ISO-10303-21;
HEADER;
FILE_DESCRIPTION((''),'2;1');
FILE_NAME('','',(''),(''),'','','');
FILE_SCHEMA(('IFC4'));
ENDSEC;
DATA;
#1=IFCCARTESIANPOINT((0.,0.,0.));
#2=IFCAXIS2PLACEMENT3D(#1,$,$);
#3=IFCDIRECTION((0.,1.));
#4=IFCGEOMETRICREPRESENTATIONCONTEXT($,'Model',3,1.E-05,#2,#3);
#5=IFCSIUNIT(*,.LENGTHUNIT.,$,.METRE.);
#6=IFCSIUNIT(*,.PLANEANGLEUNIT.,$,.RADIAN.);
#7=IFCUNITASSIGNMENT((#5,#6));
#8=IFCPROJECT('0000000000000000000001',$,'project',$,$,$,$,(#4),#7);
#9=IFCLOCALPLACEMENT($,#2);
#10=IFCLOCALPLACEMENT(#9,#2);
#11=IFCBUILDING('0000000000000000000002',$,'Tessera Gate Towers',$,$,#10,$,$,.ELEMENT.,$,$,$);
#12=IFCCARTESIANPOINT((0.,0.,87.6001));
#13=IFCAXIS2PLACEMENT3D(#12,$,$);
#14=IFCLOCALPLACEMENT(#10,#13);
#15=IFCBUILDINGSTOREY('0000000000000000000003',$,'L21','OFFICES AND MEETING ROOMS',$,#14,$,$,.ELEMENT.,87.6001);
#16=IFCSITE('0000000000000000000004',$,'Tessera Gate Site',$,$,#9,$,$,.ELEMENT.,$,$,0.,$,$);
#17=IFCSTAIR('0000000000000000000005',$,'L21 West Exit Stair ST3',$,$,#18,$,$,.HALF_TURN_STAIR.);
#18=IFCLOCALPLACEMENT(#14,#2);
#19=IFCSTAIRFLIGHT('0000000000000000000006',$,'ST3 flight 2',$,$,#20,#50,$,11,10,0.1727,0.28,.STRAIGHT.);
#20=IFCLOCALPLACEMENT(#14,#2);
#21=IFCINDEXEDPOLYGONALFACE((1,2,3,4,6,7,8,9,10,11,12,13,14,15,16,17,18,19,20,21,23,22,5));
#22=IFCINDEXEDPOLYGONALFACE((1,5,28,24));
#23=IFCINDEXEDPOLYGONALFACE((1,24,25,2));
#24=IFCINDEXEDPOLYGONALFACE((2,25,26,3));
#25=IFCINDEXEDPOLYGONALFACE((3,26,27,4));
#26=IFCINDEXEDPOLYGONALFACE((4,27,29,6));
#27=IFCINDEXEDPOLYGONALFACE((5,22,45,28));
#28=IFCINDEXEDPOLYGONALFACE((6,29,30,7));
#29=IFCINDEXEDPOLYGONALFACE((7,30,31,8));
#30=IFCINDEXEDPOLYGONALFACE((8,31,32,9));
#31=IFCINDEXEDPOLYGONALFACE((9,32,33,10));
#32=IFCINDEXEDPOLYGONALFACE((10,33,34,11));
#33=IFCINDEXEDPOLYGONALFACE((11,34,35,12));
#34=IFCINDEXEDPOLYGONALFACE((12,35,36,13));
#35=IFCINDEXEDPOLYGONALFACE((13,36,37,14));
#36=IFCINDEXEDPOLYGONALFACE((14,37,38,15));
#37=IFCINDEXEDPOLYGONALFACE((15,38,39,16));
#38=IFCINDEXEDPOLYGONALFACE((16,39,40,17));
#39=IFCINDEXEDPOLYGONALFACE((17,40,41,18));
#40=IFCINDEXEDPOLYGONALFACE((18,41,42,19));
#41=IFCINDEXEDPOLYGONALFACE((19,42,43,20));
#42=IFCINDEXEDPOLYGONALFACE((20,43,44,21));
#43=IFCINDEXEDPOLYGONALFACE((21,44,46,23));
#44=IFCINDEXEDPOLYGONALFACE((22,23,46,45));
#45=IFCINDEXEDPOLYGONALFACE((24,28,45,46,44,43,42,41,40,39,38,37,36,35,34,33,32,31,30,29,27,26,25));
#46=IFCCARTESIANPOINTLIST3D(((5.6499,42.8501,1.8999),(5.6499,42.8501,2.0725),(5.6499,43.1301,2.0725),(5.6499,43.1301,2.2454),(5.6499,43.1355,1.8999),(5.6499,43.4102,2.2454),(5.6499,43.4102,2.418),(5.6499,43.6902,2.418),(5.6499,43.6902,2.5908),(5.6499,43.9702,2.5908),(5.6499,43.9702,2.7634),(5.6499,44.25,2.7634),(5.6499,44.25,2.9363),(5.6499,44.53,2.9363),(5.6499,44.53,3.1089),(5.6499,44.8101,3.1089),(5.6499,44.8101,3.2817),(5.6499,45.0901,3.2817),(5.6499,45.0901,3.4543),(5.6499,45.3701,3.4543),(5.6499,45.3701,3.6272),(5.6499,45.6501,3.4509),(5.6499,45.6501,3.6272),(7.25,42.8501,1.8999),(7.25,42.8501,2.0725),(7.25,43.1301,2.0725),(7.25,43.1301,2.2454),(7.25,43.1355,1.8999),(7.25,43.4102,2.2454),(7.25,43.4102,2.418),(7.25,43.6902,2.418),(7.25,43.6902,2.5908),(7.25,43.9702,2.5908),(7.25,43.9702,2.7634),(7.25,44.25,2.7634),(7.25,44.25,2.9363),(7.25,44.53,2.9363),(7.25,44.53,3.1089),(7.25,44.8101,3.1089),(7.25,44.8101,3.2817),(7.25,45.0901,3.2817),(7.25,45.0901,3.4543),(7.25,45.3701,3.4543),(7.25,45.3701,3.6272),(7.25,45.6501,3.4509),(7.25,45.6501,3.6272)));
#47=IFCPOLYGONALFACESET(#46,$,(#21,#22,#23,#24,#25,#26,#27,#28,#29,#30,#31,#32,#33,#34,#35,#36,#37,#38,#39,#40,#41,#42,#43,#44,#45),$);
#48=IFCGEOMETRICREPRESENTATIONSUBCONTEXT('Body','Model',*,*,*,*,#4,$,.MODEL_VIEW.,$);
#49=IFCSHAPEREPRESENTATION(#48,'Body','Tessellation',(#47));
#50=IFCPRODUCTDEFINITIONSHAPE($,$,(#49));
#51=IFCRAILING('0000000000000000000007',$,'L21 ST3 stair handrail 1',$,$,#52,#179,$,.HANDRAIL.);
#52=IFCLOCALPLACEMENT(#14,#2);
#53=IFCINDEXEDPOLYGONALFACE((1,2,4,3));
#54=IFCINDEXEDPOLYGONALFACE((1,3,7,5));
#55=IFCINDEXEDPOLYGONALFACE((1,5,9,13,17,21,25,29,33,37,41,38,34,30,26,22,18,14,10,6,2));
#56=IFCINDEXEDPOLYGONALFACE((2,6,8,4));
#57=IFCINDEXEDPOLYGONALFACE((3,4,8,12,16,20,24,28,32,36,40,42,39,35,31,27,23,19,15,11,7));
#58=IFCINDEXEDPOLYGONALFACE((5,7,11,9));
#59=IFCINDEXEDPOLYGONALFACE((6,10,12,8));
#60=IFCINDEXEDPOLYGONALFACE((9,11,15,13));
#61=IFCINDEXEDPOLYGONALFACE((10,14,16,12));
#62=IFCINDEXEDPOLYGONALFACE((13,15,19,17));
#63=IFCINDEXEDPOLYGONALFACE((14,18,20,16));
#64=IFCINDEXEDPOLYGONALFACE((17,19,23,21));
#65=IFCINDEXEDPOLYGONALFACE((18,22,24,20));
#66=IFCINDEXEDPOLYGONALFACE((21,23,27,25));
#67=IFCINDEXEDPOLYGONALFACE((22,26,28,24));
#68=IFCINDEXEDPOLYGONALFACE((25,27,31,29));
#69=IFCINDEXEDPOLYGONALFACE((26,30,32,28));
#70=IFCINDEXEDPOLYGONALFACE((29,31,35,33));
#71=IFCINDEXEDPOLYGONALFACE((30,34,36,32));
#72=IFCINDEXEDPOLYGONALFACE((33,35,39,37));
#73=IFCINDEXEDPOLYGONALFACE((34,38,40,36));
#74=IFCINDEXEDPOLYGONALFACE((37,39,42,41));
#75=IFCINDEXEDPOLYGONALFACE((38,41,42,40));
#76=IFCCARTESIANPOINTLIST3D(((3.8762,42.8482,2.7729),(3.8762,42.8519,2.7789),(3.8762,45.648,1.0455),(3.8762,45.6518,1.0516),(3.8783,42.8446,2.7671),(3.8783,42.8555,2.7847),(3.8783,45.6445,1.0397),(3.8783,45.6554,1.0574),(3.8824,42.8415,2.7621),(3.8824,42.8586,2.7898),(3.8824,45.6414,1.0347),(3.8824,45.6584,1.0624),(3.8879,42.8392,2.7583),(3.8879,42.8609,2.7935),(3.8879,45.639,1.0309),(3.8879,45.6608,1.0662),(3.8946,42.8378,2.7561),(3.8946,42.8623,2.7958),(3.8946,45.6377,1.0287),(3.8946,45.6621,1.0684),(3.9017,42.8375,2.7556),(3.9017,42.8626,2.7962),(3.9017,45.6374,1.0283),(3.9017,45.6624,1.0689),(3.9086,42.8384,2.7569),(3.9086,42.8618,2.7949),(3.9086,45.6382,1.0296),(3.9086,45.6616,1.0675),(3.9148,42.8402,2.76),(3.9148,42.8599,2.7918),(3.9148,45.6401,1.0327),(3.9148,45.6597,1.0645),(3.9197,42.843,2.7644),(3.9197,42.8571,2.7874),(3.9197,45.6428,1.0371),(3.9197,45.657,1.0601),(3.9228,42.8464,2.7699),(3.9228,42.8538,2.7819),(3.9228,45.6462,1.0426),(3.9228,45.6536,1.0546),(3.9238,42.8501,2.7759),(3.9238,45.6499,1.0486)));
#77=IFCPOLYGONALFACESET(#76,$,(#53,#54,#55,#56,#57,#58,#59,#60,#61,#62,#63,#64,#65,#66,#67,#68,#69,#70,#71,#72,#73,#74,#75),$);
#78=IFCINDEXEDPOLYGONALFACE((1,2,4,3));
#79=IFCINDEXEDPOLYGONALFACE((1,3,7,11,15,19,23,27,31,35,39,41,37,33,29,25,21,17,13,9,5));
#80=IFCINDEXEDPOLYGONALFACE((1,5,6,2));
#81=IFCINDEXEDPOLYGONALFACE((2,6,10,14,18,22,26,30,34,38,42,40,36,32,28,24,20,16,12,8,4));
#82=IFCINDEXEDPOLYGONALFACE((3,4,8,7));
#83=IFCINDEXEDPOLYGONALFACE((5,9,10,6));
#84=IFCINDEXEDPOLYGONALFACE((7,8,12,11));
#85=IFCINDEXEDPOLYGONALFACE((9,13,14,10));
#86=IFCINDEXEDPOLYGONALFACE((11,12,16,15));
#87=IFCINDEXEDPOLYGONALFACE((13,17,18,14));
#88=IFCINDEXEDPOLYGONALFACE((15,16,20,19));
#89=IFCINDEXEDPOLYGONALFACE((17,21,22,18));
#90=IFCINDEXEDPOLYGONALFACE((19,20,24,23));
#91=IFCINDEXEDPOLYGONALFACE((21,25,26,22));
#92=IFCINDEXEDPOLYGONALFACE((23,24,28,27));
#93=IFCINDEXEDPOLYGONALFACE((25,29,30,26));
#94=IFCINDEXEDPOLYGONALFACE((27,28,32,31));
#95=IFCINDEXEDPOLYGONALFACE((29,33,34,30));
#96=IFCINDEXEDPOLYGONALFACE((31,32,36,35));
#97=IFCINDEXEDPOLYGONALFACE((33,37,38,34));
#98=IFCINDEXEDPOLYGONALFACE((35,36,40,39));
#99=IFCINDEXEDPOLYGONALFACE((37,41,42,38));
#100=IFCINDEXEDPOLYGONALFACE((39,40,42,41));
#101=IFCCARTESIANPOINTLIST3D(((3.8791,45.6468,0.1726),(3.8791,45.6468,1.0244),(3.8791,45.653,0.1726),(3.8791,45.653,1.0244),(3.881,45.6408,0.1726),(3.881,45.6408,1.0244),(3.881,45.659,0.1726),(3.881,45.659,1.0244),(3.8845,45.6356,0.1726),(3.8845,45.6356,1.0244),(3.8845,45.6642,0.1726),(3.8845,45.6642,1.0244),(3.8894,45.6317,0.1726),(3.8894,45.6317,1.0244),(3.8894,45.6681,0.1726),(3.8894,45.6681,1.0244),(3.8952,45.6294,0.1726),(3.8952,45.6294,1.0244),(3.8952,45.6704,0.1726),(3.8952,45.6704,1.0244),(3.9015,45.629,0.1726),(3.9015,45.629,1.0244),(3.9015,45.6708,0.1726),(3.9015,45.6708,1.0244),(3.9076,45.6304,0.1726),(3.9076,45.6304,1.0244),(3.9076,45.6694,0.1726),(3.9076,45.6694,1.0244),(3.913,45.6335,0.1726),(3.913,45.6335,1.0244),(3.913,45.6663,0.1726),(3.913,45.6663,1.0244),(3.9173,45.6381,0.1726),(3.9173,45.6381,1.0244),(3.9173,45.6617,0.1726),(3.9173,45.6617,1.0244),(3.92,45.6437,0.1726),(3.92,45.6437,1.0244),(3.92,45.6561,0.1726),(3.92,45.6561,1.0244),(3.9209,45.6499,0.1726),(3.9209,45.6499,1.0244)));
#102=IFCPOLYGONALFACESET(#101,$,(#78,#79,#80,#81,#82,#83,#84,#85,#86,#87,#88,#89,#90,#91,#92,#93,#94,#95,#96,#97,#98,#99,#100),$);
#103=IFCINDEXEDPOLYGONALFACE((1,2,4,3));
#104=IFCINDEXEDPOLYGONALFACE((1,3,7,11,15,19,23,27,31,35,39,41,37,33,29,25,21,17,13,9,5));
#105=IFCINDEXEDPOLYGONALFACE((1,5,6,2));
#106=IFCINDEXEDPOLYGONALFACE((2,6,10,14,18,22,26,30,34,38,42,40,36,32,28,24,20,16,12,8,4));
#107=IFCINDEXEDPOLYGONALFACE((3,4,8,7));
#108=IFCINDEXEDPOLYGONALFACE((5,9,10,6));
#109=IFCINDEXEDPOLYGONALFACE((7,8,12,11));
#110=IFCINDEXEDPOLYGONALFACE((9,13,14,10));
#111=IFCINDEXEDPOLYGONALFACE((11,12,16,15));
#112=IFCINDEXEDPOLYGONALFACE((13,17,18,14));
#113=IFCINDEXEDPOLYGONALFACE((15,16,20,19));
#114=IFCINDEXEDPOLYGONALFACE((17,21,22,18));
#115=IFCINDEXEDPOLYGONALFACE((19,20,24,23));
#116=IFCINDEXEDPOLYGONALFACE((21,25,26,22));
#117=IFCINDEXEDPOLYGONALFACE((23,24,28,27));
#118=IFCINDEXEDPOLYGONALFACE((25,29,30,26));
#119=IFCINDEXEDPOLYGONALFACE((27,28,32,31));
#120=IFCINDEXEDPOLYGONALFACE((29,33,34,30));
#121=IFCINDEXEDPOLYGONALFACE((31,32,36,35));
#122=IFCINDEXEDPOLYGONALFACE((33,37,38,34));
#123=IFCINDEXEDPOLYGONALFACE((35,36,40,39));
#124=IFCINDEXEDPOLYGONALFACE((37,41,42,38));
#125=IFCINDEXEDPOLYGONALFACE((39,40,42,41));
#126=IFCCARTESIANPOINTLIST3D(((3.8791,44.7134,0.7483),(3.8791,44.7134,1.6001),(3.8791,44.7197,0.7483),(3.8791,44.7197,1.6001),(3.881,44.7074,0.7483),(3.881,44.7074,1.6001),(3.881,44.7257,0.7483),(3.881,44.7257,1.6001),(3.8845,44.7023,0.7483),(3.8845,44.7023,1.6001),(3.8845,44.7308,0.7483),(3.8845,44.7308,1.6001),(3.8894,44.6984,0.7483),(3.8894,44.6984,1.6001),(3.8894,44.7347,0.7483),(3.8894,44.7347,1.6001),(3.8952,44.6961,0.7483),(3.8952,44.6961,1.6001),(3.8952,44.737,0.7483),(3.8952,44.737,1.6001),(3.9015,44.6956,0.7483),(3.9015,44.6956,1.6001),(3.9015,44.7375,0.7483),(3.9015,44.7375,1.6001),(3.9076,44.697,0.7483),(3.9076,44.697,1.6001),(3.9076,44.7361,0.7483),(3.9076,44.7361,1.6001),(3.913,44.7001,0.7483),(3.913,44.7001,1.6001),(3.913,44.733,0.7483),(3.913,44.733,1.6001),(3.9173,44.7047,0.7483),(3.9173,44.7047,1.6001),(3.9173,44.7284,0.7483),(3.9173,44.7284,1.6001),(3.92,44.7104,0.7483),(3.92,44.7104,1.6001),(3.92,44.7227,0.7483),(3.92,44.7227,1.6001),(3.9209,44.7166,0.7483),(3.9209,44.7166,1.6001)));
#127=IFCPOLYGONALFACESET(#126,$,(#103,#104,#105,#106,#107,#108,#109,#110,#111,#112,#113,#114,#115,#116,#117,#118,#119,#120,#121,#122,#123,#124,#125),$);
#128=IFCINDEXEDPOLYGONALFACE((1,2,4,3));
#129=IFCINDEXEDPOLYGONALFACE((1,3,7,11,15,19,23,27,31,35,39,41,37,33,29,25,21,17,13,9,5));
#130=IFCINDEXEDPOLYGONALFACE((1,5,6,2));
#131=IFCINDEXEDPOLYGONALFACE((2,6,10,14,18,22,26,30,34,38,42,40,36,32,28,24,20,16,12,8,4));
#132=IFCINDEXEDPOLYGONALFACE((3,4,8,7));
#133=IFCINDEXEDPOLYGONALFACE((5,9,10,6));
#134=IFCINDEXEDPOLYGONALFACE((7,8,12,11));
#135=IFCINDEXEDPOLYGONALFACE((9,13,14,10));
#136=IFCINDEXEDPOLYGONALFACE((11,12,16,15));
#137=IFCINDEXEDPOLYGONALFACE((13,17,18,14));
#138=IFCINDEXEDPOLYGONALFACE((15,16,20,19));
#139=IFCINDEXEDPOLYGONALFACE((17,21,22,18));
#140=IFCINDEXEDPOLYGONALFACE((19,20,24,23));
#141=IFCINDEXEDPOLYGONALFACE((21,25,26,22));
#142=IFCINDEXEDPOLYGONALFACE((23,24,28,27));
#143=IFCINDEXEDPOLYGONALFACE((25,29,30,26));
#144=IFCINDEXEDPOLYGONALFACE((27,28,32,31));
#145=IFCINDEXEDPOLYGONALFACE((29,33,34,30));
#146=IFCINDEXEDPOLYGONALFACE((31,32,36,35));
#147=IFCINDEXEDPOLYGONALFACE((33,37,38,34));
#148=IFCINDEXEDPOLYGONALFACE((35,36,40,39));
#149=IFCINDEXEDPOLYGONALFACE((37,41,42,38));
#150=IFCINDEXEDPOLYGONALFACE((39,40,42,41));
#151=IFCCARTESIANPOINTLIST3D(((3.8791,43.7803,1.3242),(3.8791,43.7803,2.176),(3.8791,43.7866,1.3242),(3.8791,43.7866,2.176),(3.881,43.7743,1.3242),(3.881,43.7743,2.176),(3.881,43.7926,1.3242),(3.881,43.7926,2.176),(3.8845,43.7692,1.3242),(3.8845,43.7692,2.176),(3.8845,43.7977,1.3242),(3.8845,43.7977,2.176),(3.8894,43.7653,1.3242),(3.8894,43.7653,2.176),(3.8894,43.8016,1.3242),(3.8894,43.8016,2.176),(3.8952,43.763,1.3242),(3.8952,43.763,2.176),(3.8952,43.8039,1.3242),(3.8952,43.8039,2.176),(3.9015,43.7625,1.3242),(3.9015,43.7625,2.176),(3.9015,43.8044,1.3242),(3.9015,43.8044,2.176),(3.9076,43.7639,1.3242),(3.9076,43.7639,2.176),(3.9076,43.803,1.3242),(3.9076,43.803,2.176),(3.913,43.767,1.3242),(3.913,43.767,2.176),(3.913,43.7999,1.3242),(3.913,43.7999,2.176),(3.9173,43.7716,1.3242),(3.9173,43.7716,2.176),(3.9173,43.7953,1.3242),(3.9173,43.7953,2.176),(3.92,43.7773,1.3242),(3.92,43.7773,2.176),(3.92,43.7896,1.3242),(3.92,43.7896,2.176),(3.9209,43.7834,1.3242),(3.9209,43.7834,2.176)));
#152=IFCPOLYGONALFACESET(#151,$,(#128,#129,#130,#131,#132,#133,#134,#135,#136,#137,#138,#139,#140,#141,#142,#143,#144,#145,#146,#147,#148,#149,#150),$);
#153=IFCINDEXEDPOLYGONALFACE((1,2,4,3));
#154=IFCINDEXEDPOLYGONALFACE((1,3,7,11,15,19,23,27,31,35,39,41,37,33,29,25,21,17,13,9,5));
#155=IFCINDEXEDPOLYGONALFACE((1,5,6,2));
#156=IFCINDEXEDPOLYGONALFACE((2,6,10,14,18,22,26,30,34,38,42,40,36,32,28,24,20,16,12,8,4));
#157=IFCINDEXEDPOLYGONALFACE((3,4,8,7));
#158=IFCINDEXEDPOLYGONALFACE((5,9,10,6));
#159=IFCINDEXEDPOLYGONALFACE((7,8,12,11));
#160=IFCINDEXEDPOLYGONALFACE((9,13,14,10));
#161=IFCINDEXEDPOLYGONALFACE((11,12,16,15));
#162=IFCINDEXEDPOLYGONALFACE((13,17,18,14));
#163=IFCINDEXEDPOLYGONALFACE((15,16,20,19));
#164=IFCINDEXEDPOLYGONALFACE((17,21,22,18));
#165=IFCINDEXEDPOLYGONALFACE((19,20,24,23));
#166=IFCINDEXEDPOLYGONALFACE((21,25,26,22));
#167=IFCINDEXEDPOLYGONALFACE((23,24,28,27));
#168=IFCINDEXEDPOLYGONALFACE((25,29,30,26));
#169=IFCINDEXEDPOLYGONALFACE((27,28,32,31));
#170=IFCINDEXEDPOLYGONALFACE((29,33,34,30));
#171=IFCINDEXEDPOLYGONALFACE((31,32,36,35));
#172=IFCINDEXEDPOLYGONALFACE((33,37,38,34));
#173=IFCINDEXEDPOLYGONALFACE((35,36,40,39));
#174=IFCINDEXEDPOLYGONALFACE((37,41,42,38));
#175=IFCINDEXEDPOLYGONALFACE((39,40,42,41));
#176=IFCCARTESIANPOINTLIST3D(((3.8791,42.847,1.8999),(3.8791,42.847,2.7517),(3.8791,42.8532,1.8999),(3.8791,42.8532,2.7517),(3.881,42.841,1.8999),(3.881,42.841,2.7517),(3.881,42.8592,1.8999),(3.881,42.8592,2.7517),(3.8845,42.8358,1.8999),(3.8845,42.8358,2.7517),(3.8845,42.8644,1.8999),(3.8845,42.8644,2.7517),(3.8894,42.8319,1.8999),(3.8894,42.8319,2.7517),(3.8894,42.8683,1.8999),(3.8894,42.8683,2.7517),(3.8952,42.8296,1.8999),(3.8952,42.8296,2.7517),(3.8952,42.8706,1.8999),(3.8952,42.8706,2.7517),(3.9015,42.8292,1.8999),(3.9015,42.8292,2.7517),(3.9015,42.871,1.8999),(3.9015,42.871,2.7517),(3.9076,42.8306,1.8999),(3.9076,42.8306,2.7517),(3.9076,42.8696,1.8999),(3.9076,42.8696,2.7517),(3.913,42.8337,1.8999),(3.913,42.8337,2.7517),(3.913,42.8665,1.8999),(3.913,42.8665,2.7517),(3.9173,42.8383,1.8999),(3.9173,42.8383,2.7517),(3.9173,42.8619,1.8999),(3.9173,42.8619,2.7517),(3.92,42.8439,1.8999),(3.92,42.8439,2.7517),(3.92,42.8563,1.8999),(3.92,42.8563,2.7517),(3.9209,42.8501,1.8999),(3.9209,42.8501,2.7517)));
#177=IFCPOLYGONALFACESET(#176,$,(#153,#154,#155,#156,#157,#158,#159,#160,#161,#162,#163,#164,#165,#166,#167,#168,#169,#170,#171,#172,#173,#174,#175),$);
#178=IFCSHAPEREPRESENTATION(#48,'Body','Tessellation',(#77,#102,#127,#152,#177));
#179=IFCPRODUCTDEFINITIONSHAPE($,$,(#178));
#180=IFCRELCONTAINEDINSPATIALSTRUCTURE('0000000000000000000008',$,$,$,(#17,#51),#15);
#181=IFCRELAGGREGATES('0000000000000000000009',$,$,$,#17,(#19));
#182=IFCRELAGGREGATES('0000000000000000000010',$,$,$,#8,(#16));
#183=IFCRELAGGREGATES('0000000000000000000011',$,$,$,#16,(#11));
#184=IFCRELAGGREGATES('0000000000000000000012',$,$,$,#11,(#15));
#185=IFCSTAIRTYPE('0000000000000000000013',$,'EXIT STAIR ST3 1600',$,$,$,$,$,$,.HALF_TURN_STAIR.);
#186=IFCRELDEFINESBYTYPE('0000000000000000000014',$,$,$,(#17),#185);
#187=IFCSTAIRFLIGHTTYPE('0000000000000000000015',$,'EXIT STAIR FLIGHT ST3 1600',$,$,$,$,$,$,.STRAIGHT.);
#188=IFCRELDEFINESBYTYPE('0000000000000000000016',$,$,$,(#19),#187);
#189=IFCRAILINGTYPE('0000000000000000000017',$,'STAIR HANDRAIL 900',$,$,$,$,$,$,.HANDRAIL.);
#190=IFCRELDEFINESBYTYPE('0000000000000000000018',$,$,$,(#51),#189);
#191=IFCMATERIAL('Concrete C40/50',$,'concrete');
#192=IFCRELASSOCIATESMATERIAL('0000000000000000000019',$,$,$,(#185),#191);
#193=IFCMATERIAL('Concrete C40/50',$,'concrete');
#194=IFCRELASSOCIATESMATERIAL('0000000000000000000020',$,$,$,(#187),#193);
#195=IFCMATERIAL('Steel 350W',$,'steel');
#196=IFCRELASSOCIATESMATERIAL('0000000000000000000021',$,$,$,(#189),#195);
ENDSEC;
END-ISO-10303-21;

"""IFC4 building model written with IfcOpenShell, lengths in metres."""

from ifc_helpers import new_model, si_unit, direction, frame, origin, origin_2d, place, context, subcontext, project, spatial, polyline, circle, outline, extrude, material, type_object, element, aggregate, save


model = new_model("IFC4")

# Units and contexts
model_context = context("Model", 3, precision=1e-05, world=origin(), true_north=direction((0.0, 1.0)))
body_context = subcontext(model_context, "Body", "Model", "MODEL_VIEW")
ifc_project = project(units=[si_unit("LENGTHUNIT", "METRE"), si_unit("PLANEANGLEUNIT", "RADIAN")], contexts=[model_context])

# Site, building, storey
site_placement = place(None, origin())
site = spatial("IfcSite", under=ifc_project, at=site_placement, Name="Tessera Gate Site", CompositionType="ELEMENT", RefElevation=0.0)
building_placement = place(site_placement, origin())
building = spatial("IfcBuilding", under=site, at=building_placement, Name="Tessera Gate Towers", CompositionType="ELEMENT")
storey_placement = place(building_placement, frame((0.0, 0.0, 87.6001)))
storey = spatial("IfcBuildingStorey", under=building, at=storey_placement, Name="L21", Description="OFFICES AND MEETING ROOMS", CompositionType="ELEMENT", Elevation=87.6001)

# Stair, stair flight
ifc_material_1 = material(Name="Concrete C40/50", Category="concrete")
stair_type = type_object("IfcStairType", Name="EXIT STAIR ST3 1600", PredefinedType="HALF_TURN_STAIR", material=ifc_material_1)
stair_placement = place(storey_placement, origin())
stair = element("IfcStair", 1, at=stair_placement, inside=storey, type_object=stair_type, Name="L21 West Exit Stair ST3", PredefinedType="HALF_TURN_STAIR")
ifc_material_2 = material(Name="Concrete C40/50", Category="concrete")
stair_flight_type = type_object("IfcStairFlightType", Name="EXIT STAIR FLIGHT ST3 1600", PredefinedType="STRAIGHT", material=ifc_material_2)
stair_flight_1_placement = place(storey_placement, frame((6.45, 42.8501, 1.8999), z_axis=(0.0, 0.0, 1.0), x_axis=(0.0, 1.0, 0.0)))
stair_flight_1 = element("IfcStairFlight", 2, at=stair_flight_1_placement, type_object=stair_flight_type, Name="ST3 flight 2", NumberOfRisers=11, NumberOfTreads=10, PredefinedType="STRAIGHT", RiserHeight=0.1727, TreadLength=0.28, context=body_context, shape_type="SweptSolid", body=[
    extrude(outline(polyline([(0.0, 0.0), (0.0, 0.1726), (0.28, 0.1726), (0.28, 0.3455), (0.5601, 0.3455), (0.5601, 0.5181), (0.8401, 0.5181), (0.8401, 0.6909), (1.1201, 0.6909), (1.1201, 0.8635), (1.3999, 0.8635), (1.3999, 1.0364), (1.6799, 1.0364), (1.6799, 1.209), (1.96, 1.209), (1.96, 1.3818), (2.24, 1.3818), (2.24, 1.5544), (2.52, 1.5544), (2.52, 1.7273), (2.8, 1.7273), (2.8, 1.8999), (2.8, 1.551), (0.2854, 0.0), (0.0, 0.0)])), frame((0.0, 0.8, 0.0), z_axis=(0.0, -1.0, 0.0), x_axis=(1.0, 0.0, 0.0)), (0.0, 0.0, 1.0), 1.6001),
])
aggregate(stair, [stair_flight_1])

# Railing
ifc_material_3 = material(Name="Steel 350W", Category="steel")
railing_type_1 = type_object("IfcRailingType", Name="STAIR HANDRAIL 900", PredefinedType="HANDRAIL", material=ifc_material_3)
railing_1_placement = place(storey_placement, frame((3.8999, 45.6499, 0.1726)))
element("IfcRailing", 3, at=railing_1_placement, inside=storey, type_object=railing_type_1, Name="L21 ST3 stair handrail 1", PredefinedType="HANDRAIL", context=body_context, shape_type="SweptSolid", body=[
    extrude(circle(Radius=0.0239, at=origin_2d()), frame((0.0, 0.0, 0.876), z_axis=(0.0, -0.851069, 0.525054), x_axis=(1.0, 0.0, 0.0)), (0.0, 0.0, 1.0), 3.2898),
    extrude(circle(Radius=0.021, at=origin_2d()), origin(), (0.0, 0.0, 1.0), 0.8518),
    extrude(circle(Radius=0.021, at=origin_2d()), frame((0.0, -0.9333, 0.5757)), (0.0, 0.0, 1.0), 0.8518),
    extrude(circle(Radius=0.021, at=origin_2d()), frame((0.0, -1.8665, 1.1516)), (0.0, 0.0, 1.0), 0.8518),
    extrude(circle(Radius=0.021, at=origin_2d()), frame((0.0, -2.7998, 1.7273)), (0.0, 0.0, 1.0), 0.8518),
])

save(model, "model.ifc")
